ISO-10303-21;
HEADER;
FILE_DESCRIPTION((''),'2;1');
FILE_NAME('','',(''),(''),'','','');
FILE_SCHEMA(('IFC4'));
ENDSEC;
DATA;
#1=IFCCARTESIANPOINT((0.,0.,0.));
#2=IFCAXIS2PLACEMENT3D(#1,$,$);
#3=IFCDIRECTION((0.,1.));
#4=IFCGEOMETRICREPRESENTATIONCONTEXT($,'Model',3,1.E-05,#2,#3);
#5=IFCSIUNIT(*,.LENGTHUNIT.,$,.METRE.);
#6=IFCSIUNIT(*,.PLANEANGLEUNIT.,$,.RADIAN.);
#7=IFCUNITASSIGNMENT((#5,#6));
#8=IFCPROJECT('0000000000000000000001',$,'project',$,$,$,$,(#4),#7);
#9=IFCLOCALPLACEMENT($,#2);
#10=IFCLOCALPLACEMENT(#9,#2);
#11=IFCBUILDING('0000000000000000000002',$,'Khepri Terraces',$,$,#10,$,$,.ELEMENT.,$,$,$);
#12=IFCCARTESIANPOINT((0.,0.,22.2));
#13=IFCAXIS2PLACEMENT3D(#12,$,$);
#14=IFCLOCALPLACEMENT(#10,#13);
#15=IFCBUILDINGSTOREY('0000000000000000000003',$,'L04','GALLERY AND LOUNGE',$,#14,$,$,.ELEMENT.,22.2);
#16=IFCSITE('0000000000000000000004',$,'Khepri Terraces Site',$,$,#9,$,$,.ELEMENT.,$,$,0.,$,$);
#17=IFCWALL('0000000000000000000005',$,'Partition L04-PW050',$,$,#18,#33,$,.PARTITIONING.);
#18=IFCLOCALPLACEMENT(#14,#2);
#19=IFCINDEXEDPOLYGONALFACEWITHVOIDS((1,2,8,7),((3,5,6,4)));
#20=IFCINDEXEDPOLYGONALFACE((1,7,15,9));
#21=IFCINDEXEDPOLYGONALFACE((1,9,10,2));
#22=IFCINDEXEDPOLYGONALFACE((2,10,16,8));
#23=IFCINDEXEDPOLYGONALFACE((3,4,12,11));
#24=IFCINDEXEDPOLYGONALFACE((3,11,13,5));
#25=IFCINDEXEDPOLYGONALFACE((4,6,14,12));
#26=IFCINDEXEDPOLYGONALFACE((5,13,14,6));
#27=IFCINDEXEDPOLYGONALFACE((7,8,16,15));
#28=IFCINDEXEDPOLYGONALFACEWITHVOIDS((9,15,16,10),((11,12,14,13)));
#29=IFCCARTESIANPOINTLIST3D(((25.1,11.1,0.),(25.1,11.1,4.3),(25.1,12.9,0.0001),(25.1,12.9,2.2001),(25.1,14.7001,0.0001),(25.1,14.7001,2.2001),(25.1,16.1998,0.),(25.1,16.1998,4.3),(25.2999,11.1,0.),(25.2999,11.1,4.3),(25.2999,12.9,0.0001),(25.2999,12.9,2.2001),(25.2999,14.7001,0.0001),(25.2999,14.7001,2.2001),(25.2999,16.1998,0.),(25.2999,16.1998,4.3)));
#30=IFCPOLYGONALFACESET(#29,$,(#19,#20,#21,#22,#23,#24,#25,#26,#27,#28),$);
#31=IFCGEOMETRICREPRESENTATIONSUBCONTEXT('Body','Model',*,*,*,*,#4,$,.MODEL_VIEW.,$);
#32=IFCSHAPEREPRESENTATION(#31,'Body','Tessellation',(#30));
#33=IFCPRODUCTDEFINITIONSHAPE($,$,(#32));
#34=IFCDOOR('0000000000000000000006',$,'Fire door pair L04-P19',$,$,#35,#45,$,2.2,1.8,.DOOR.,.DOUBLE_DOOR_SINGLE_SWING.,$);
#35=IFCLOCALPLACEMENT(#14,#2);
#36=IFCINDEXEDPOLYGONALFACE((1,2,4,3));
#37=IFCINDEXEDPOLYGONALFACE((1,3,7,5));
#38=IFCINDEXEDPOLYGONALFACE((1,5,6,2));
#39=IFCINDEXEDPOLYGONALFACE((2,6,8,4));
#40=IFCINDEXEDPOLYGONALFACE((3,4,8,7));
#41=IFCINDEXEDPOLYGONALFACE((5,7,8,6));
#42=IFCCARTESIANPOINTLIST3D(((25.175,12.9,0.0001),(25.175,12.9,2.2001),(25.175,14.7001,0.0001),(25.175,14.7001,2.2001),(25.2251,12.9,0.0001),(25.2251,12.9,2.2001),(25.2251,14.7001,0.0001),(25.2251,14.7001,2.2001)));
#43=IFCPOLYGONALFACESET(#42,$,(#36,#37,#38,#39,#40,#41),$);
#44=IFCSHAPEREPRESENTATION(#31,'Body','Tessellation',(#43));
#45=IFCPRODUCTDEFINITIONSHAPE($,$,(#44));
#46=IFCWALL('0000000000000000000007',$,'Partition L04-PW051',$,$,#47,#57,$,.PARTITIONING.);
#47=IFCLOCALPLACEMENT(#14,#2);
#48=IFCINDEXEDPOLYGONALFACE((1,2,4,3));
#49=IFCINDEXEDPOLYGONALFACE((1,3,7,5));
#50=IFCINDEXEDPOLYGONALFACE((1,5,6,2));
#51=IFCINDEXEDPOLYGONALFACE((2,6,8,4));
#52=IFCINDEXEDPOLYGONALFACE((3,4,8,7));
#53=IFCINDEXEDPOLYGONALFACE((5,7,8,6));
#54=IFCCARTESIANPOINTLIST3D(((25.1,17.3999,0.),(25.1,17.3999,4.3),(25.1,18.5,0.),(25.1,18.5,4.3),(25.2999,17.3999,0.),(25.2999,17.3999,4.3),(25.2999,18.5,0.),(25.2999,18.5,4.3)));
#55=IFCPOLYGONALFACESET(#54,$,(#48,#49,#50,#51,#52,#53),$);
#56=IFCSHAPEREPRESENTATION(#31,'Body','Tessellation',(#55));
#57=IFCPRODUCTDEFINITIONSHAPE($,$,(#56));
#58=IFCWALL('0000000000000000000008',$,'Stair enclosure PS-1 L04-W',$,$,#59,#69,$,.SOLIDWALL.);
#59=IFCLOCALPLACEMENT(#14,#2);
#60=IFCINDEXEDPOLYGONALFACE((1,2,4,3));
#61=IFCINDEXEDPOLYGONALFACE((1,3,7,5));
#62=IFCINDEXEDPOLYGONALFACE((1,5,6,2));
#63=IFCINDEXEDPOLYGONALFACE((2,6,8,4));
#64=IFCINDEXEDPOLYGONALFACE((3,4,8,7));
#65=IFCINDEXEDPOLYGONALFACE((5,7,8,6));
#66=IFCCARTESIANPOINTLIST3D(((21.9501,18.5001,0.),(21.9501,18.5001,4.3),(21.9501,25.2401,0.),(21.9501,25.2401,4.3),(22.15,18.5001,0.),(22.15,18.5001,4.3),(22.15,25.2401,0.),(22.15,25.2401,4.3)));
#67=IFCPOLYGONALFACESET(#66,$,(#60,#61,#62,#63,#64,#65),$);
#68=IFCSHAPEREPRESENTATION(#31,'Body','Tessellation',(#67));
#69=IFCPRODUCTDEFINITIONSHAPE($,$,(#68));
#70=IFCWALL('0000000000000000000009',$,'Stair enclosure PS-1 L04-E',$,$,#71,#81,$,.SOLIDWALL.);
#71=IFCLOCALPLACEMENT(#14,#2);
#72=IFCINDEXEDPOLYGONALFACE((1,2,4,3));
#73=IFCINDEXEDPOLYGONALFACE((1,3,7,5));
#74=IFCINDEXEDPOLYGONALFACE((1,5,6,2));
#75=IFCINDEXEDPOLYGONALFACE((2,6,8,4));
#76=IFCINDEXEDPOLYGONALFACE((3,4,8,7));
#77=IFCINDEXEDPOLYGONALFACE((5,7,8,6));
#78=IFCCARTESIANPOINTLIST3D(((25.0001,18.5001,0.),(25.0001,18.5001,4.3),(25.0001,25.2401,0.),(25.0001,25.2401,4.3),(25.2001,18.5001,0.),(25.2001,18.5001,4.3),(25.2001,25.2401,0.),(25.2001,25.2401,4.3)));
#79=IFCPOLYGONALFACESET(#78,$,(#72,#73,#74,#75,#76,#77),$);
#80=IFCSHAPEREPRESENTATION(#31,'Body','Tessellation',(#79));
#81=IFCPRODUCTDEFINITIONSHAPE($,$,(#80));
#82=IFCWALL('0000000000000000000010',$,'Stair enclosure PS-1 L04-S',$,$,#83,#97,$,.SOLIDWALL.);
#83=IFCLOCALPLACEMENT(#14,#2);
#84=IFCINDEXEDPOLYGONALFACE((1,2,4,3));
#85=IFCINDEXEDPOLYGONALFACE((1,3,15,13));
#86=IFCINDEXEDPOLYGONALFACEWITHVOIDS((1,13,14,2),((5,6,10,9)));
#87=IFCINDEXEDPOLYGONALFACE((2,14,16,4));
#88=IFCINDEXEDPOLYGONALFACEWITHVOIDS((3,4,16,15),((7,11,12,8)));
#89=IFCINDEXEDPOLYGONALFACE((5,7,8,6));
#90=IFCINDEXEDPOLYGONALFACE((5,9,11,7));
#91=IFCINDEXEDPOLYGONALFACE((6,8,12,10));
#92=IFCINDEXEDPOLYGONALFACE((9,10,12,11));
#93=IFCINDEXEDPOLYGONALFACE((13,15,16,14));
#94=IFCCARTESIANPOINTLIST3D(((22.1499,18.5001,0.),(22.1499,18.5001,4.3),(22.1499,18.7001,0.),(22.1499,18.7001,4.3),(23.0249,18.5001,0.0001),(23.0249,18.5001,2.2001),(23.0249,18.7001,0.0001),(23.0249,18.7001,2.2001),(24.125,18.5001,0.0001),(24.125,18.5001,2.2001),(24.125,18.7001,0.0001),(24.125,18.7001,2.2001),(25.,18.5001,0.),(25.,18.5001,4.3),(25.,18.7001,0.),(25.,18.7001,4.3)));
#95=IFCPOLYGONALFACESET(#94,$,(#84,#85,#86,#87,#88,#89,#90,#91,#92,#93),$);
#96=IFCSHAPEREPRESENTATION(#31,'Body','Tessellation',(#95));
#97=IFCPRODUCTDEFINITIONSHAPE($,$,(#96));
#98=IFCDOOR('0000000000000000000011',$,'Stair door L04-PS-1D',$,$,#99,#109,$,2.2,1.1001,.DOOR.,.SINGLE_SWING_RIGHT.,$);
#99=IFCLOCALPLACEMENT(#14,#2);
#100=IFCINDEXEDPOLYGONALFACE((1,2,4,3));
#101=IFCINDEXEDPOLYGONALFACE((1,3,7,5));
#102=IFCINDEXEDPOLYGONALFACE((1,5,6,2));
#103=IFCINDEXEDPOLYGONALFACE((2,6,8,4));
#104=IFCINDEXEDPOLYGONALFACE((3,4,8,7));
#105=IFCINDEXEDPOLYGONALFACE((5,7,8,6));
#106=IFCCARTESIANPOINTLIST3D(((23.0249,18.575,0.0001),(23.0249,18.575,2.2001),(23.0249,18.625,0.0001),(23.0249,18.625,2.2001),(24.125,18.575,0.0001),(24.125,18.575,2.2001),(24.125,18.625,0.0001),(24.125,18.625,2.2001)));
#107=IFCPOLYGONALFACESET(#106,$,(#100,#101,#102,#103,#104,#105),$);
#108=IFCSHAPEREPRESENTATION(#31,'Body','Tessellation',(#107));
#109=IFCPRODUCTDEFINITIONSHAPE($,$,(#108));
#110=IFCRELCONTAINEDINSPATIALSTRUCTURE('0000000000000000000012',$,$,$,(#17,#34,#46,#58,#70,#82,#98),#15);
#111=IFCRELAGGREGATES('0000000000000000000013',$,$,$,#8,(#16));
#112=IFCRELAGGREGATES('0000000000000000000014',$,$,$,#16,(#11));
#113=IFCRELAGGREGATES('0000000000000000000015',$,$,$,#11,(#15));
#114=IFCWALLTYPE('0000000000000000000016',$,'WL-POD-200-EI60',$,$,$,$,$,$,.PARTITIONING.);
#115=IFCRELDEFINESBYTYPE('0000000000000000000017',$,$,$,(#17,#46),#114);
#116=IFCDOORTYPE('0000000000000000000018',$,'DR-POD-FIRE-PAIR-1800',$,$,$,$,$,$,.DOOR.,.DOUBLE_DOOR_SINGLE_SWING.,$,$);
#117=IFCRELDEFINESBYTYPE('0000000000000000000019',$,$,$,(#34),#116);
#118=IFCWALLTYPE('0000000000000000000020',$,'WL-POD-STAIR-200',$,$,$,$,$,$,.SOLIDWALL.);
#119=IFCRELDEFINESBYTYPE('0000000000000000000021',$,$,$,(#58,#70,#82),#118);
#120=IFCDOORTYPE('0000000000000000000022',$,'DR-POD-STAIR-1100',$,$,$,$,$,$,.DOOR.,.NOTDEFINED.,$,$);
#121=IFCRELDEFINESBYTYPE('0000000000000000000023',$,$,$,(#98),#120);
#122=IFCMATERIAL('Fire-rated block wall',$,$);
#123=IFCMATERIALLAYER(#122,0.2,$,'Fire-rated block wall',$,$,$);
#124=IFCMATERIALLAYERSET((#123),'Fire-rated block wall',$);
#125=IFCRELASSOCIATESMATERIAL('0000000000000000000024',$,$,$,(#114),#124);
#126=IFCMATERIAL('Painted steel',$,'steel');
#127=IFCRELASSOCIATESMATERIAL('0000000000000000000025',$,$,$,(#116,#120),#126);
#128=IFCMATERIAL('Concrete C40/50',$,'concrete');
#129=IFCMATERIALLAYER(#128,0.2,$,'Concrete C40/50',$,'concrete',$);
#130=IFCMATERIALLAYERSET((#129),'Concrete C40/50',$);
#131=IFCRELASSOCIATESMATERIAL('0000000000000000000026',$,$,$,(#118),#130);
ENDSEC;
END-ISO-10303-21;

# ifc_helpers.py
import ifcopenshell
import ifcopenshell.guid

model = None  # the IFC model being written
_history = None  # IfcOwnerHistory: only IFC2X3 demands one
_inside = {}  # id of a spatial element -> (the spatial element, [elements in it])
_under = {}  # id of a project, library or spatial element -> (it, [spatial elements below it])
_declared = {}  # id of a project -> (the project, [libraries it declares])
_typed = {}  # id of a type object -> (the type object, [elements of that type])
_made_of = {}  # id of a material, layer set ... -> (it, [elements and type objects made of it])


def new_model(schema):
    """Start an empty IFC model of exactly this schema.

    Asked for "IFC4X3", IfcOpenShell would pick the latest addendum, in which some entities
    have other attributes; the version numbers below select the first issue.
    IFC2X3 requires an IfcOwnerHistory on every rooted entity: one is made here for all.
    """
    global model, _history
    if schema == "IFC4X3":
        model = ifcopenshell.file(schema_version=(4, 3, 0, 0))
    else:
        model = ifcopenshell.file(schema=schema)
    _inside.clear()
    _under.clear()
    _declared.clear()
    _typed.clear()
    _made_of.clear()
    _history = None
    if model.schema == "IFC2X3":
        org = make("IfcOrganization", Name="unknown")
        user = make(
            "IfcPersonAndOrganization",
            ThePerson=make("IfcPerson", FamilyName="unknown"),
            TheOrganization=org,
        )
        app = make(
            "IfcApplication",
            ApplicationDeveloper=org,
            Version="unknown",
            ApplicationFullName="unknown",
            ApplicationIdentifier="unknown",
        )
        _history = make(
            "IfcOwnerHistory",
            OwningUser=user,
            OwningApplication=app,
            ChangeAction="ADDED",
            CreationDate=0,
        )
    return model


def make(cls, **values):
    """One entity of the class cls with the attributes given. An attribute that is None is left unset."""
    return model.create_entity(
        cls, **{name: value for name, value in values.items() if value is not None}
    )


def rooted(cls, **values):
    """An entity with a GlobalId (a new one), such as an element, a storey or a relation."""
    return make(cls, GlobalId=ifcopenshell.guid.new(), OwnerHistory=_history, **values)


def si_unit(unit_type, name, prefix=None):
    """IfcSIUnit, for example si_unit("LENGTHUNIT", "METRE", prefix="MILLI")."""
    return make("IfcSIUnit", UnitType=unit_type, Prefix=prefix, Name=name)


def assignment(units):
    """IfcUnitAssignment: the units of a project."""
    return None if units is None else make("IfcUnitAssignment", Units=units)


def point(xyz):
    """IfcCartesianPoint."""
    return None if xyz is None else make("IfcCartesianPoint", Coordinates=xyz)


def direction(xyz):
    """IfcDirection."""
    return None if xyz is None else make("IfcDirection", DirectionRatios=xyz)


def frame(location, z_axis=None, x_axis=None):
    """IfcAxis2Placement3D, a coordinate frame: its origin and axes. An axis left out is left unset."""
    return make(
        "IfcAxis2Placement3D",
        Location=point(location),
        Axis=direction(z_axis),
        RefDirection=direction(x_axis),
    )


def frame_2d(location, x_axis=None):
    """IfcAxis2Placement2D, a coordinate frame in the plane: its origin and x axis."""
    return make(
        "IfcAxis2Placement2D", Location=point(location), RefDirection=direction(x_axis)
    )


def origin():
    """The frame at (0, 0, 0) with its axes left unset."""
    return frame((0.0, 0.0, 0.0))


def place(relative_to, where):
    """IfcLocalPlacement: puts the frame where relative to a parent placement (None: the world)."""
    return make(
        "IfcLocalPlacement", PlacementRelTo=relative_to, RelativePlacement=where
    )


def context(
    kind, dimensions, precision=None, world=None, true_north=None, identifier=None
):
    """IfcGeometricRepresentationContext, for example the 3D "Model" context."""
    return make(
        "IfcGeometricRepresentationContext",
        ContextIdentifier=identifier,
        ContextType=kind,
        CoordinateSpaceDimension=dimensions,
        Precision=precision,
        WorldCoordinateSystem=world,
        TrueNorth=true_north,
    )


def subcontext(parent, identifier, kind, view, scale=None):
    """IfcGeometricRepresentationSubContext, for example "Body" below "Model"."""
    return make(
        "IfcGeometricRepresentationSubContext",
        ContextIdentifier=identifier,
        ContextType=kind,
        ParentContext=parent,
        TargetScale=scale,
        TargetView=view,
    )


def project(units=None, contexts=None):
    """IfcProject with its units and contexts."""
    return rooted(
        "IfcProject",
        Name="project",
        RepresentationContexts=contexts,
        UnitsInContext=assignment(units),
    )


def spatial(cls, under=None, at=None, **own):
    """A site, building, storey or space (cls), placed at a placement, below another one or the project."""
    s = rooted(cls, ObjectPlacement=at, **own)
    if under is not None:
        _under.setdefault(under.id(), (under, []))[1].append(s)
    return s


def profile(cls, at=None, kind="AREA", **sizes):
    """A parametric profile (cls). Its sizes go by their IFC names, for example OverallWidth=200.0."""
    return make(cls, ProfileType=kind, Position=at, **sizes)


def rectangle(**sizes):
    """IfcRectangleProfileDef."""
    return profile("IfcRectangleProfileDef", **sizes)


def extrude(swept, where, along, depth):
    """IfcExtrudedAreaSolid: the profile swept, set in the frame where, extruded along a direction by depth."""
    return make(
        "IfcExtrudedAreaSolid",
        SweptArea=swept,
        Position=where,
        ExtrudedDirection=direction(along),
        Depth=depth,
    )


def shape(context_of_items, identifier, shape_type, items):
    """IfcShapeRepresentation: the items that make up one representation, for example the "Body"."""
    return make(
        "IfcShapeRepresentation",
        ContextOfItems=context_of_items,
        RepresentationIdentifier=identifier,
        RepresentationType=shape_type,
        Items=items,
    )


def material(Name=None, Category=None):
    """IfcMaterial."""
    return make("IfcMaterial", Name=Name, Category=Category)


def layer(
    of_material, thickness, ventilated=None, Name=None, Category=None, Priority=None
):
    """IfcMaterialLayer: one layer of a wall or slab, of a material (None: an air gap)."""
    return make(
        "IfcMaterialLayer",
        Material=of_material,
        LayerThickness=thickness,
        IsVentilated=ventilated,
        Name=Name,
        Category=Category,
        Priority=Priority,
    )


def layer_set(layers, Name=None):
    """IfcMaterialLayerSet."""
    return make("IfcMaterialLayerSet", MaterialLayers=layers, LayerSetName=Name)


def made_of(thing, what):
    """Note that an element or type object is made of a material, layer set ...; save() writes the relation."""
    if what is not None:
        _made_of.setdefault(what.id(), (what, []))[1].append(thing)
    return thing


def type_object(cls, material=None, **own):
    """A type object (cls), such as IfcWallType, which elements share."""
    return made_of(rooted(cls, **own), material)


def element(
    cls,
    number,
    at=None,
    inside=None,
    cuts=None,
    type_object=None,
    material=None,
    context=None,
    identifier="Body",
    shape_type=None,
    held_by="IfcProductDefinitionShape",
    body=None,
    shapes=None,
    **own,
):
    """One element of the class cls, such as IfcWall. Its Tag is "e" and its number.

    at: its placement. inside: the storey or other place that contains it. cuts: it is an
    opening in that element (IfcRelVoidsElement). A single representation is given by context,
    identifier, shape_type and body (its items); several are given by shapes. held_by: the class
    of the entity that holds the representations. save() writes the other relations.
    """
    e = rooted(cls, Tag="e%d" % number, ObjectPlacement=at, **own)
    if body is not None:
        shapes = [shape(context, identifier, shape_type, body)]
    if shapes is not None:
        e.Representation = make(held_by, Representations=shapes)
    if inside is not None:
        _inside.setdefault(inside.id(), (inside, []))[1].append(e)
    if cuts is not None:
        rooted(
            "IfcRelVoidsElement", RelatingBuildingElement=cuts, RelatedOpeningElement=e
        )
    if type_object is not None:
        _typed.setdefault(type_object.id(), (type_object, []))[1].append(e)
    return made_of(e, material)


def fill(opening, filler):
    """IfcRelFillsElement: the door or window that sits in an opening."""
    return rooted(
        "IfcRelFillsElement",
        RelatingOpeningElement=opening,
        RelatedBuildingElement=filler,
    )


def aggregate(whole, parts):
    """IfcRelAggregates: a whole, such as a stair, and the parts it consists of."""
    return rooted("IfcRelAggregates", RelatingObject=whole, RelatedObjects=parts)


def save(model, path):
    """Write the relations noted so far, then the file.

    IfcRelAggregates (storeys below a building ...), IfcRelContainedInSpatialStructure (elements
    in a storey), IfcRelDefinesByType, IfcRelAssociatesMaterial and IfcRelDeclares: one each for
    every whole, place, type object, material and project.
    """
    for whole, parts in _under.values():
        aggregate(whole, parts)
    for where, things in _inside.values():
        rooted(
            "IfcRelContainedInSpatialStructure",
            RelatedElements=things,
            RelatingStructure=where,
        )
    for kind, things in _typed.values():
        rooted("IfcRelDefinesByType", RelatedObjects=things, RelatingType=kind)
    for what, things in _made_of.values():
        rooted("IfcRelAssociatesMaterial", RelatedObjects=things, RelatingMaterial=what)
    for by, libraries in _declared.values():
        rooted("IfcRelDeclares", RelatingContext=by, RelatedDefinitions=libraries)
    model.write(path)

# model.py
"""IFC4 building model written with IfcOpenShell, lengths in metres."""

from ifc_helpers import new_model, si_unit, direction, frame, frame_2d, origin, place, context, subcontext, project, spatial, rectangle, extrude, material, layer, layer_set, type_object, element, fill, save


model = new_model("IFC4")

# Units and contexts
model_context = context("Model", 3, precision=1e-05, world=origin(), true_north=direction((0.0, 1.0)))
body_context = subcontext(model_context, "Body", "Model", "MODEL_VIEW")
ifc_project = project(units=[si_unit("LENGTHUNIT", "METRE"), si_unit("PLANEANGLEUNIT", "RADIAN")], contexts=[model_context])

# Site, building, storey
site_placement = place(None, origin())
site = spatial("IfcSite", under=ifc_project, at=site_placement, Name="Khepri Terraces Site", CompositionType="ELEMENT", RefElevation=0.0)
building_placement = place(site_placement, origin())
building = spatial("IfcBuilding", under=site, at=building_placement, Name="Khepri Terraces", CompositionType="ELEMENT")
storey_placement = place(building_placement, frame((0.0, 0.0, 22.2)))
storey = spatial("IfcBuildingStorey", under=building, at=storey_placement, Name="L04", Description="GALLERY AND LOUNGE", CompositionType="ELEMENT", Elevation=22.2)

# Shared definitions
ifc_material_1 = material(Name="Fire-rated block wall")
ifc_layer_1 = layer(ifc_material_1, 0.2, Name="Fire-rated block wall")
ifc_layer_set_1 = layer_set([ifc_layer_1], Name="Fire-rated block wall")
wall_type_1 = type_object("IfcWallType", Name="WL-POD-200-EI60", PredefinedType="PARTITIONING", material=ifc_layer_set_1)

# Wall, opening, door
wall_1_placement = place(storey_placement, frame((25.2, 11.1001, 0.0), z_axis=(0.0, 0.0, 1.0), x_axis=(0.0, 1.0, 0.0)))
wall_1 = element("IfcWall", 1, at=wall_1_placement, inside=storey, type_object=wall_type_1, Name="Partition L04-PW050", PredefinedType="PARTITIONING", context=body_context, shape_type="SweptSolid", body=[
    extrude(rectangle(XDim=5.0999, YDim=0.2, at=frame_2d((2.5498, 0.0))), origin(), (0.0, 0.0, 1.0), 4.3),
])
opening_1_placement = place(wall_1_placement, frame((1.8, 0.0, 0.0)))
opening_1 = element("IfcOpeningElement", 2, at=opening_1_placement, cuts=wall_1, PredefinedType="OPENING", context=body_context, shape_type="SweptSolid", body=[
    extrude(rectangle(XDim=1.8, YDim=2.2, at=frame_2d((0.8999, 1.1001))), frame((0.0, 0.1099, 0.0), z_axis=(0.0, -1.0, 0.0), x_axis=(1.0, 0.0, 0.0)), (0.0, 0.0, 1.0), 0.22),
])
ifc_material_2 = material(Name="Painted steel", Category="steel")
door_type_1 = type_object("IfcDoorType", Name="DR-POD-FIRE-PAIR-1800", OperationType="DOUBLE_DOOR_SINGLE_SWING", PredefinedType="DOOR", material=ifc_material_2)
door_1_placement = place(opening_1_placement, origin())
door_1 = element("IfcDoor", 3, at=door_1_placement, inside=storey, type_object=door_type_1, Name="Fire door pair L04-P19", OperationType="DOUBLE_DOOR_SINGLE_SWING", OverallHeight=2.2, OverallWidth=1.8, PredefinedType="DOOR", context=body_context, shape_type="SweptSolid", body=[
    extrude(rectangle(XDim=1.8, YDim=2.2, at=frame_2d((0.8999, 1.1001))), frame((0.0, 0.0249, 0.0), z_axis=(0.0, -1.0, 0.0), x_axis=(1.0, 0.0, 0.0)), (0.0, 0.0, 1.0), 0.05),
])
fill(opening_1, door_1)

# Walls
wall_2_placement = place(storey_placement, frame((25.2, 17.3999, 0.0), z_axis=(0.0, 0.0, 1.0), x_axis=(0.0, 1.0, 0.0)))
element("IfcWall", 4, at=wall_2_placement, inside=storey, type_object=wall_type_1, Name="Partition L04-PW051", PredefinedType="PARTITIONING", context=body_context, shape_type="SweptSolid", body=[
    extrude(rectangle(XDim=1.1001, YDim=0.2, at=frame_2d((0.55, 0.0))), origin(), (0.0, 0.0, 1.0), 4.3),
])
ifc_material_3 = material(Name="Concrete C40/50", Category="concrete")
ifc_layer_2 = layer(ifc_material_3, 0.2, Name="Concrete C40/50", Category="concrete")
ifc_layer_set_2 = layer_set([ifc_layer_2], Name="Concrete C40/50")
wall_type_2 = type_object("IfcWallType", Name="WL-POD-STAIR-200", PredefinedType="SOLIDWALL", material=ifc_layer_set_2)
for number, where, z_axis, x_axis, name in (
    (5, (22.05, 18.5, 0.0), (0.0, 0.0, 1.0), (0.0, 1.0, 0.0), "Stair enclosure PS-1 L04-W"),
    (6, (25.1001, 18.5, 0.0), (0.0, 0.0, 1.0), (0.0, 1.0, 0.0), "Stair enclosure PS-1 L04-E"),
):
    element("IfcWall", number, at=place(storey_placement, frame(where, z_axis=z_axis, x_axis=x_axis)), inside=storey, type_object=wall_type_2, Name=name, PredefinedType="SOLIDWALL", context=body_context, shape_type="SweptSolid", body=[
        extrude(rectangle(XDim=6.74, YDim=0.2, at=frame_2d((3.3701, 0.0))), origin(), (0.0, 0.0, 1.0), 4.3),
    ])

# Wall, opening, door
wall_3_placement = place(storey_placement, frame((22.1499, 18.6001, 0.0), z_axis=(0.0, 0.0, 1.0), x_axis=(1.0, 0.0, 0.0)))
wall_3 = element("IfcWall", 7, at=wall_3_placement, inside=storey, type_object=wall_type_2, Name="Stair enclosure PS-1 L04-S", PredefinedType="SOLIDWALL", context=body_context, shape_type="SweptSolid", body=[
    extrude(rectangle(XDim=2.8501, YDim=0.2, at=frame_2d((1.425, 0.0))), origin(), (0.0, 0.0, 1.0), 4.3),
])
opening_2_placement = place(wall_3_placement, frame((0.875, 0.0, 0.0)))
opening_2 = element("IfcOpeningElement", 8, at=opening_2_placement, cuts=wall_3, PredefinedType="OPENING", context=body_context, shape_type="SweptSolid", body=[
    extrude(rectangle(XDim=1.1001, YDim=2.2, at=frame_2d((0.55, 1.1001))), frame((0.0, 0.1099, 0.0), z_axis=(0.0, -1.0, 0.0), x_axis=(1.0, 0.0, 0.0)), (0.0, 0.0, 1.0), 0.22),
])
door_type_2 = type_object("IfcDoorType", Name="DR-POD-STAIR-1100", OperationType="NOTDEFINED", PredefinedType="DOOR", material=ifc_material_2)
door_2_placement = place(opening_2_placement, origin())
door_2 = element("IfcDoor", 9, at=door_2_placement, inside=storey, type_object=door_type_2, Name="Stair door L04-PS-1D", OperationType="SINGLE_SWING_RIGHT", OverallHeight=2.2, OverallWidth=1.1001, PredefinedType="DOOR", context=body_context, shape_type="SweptSolid", body=[
    extrude(rectangle(XDim=1.1001, YDim=2.2, at=frame_2d((0.55, 1.1001))), frame((0.0, 0.0249, 0.0), z_axis=(0.0, -1.0, 0.0), x_axis=(1.0, 0.0, 0.0)), (0.0, 0.0, 1.0), 0.05),
])
fill(opening_2, door_2)

save(model, "model.ifc")
